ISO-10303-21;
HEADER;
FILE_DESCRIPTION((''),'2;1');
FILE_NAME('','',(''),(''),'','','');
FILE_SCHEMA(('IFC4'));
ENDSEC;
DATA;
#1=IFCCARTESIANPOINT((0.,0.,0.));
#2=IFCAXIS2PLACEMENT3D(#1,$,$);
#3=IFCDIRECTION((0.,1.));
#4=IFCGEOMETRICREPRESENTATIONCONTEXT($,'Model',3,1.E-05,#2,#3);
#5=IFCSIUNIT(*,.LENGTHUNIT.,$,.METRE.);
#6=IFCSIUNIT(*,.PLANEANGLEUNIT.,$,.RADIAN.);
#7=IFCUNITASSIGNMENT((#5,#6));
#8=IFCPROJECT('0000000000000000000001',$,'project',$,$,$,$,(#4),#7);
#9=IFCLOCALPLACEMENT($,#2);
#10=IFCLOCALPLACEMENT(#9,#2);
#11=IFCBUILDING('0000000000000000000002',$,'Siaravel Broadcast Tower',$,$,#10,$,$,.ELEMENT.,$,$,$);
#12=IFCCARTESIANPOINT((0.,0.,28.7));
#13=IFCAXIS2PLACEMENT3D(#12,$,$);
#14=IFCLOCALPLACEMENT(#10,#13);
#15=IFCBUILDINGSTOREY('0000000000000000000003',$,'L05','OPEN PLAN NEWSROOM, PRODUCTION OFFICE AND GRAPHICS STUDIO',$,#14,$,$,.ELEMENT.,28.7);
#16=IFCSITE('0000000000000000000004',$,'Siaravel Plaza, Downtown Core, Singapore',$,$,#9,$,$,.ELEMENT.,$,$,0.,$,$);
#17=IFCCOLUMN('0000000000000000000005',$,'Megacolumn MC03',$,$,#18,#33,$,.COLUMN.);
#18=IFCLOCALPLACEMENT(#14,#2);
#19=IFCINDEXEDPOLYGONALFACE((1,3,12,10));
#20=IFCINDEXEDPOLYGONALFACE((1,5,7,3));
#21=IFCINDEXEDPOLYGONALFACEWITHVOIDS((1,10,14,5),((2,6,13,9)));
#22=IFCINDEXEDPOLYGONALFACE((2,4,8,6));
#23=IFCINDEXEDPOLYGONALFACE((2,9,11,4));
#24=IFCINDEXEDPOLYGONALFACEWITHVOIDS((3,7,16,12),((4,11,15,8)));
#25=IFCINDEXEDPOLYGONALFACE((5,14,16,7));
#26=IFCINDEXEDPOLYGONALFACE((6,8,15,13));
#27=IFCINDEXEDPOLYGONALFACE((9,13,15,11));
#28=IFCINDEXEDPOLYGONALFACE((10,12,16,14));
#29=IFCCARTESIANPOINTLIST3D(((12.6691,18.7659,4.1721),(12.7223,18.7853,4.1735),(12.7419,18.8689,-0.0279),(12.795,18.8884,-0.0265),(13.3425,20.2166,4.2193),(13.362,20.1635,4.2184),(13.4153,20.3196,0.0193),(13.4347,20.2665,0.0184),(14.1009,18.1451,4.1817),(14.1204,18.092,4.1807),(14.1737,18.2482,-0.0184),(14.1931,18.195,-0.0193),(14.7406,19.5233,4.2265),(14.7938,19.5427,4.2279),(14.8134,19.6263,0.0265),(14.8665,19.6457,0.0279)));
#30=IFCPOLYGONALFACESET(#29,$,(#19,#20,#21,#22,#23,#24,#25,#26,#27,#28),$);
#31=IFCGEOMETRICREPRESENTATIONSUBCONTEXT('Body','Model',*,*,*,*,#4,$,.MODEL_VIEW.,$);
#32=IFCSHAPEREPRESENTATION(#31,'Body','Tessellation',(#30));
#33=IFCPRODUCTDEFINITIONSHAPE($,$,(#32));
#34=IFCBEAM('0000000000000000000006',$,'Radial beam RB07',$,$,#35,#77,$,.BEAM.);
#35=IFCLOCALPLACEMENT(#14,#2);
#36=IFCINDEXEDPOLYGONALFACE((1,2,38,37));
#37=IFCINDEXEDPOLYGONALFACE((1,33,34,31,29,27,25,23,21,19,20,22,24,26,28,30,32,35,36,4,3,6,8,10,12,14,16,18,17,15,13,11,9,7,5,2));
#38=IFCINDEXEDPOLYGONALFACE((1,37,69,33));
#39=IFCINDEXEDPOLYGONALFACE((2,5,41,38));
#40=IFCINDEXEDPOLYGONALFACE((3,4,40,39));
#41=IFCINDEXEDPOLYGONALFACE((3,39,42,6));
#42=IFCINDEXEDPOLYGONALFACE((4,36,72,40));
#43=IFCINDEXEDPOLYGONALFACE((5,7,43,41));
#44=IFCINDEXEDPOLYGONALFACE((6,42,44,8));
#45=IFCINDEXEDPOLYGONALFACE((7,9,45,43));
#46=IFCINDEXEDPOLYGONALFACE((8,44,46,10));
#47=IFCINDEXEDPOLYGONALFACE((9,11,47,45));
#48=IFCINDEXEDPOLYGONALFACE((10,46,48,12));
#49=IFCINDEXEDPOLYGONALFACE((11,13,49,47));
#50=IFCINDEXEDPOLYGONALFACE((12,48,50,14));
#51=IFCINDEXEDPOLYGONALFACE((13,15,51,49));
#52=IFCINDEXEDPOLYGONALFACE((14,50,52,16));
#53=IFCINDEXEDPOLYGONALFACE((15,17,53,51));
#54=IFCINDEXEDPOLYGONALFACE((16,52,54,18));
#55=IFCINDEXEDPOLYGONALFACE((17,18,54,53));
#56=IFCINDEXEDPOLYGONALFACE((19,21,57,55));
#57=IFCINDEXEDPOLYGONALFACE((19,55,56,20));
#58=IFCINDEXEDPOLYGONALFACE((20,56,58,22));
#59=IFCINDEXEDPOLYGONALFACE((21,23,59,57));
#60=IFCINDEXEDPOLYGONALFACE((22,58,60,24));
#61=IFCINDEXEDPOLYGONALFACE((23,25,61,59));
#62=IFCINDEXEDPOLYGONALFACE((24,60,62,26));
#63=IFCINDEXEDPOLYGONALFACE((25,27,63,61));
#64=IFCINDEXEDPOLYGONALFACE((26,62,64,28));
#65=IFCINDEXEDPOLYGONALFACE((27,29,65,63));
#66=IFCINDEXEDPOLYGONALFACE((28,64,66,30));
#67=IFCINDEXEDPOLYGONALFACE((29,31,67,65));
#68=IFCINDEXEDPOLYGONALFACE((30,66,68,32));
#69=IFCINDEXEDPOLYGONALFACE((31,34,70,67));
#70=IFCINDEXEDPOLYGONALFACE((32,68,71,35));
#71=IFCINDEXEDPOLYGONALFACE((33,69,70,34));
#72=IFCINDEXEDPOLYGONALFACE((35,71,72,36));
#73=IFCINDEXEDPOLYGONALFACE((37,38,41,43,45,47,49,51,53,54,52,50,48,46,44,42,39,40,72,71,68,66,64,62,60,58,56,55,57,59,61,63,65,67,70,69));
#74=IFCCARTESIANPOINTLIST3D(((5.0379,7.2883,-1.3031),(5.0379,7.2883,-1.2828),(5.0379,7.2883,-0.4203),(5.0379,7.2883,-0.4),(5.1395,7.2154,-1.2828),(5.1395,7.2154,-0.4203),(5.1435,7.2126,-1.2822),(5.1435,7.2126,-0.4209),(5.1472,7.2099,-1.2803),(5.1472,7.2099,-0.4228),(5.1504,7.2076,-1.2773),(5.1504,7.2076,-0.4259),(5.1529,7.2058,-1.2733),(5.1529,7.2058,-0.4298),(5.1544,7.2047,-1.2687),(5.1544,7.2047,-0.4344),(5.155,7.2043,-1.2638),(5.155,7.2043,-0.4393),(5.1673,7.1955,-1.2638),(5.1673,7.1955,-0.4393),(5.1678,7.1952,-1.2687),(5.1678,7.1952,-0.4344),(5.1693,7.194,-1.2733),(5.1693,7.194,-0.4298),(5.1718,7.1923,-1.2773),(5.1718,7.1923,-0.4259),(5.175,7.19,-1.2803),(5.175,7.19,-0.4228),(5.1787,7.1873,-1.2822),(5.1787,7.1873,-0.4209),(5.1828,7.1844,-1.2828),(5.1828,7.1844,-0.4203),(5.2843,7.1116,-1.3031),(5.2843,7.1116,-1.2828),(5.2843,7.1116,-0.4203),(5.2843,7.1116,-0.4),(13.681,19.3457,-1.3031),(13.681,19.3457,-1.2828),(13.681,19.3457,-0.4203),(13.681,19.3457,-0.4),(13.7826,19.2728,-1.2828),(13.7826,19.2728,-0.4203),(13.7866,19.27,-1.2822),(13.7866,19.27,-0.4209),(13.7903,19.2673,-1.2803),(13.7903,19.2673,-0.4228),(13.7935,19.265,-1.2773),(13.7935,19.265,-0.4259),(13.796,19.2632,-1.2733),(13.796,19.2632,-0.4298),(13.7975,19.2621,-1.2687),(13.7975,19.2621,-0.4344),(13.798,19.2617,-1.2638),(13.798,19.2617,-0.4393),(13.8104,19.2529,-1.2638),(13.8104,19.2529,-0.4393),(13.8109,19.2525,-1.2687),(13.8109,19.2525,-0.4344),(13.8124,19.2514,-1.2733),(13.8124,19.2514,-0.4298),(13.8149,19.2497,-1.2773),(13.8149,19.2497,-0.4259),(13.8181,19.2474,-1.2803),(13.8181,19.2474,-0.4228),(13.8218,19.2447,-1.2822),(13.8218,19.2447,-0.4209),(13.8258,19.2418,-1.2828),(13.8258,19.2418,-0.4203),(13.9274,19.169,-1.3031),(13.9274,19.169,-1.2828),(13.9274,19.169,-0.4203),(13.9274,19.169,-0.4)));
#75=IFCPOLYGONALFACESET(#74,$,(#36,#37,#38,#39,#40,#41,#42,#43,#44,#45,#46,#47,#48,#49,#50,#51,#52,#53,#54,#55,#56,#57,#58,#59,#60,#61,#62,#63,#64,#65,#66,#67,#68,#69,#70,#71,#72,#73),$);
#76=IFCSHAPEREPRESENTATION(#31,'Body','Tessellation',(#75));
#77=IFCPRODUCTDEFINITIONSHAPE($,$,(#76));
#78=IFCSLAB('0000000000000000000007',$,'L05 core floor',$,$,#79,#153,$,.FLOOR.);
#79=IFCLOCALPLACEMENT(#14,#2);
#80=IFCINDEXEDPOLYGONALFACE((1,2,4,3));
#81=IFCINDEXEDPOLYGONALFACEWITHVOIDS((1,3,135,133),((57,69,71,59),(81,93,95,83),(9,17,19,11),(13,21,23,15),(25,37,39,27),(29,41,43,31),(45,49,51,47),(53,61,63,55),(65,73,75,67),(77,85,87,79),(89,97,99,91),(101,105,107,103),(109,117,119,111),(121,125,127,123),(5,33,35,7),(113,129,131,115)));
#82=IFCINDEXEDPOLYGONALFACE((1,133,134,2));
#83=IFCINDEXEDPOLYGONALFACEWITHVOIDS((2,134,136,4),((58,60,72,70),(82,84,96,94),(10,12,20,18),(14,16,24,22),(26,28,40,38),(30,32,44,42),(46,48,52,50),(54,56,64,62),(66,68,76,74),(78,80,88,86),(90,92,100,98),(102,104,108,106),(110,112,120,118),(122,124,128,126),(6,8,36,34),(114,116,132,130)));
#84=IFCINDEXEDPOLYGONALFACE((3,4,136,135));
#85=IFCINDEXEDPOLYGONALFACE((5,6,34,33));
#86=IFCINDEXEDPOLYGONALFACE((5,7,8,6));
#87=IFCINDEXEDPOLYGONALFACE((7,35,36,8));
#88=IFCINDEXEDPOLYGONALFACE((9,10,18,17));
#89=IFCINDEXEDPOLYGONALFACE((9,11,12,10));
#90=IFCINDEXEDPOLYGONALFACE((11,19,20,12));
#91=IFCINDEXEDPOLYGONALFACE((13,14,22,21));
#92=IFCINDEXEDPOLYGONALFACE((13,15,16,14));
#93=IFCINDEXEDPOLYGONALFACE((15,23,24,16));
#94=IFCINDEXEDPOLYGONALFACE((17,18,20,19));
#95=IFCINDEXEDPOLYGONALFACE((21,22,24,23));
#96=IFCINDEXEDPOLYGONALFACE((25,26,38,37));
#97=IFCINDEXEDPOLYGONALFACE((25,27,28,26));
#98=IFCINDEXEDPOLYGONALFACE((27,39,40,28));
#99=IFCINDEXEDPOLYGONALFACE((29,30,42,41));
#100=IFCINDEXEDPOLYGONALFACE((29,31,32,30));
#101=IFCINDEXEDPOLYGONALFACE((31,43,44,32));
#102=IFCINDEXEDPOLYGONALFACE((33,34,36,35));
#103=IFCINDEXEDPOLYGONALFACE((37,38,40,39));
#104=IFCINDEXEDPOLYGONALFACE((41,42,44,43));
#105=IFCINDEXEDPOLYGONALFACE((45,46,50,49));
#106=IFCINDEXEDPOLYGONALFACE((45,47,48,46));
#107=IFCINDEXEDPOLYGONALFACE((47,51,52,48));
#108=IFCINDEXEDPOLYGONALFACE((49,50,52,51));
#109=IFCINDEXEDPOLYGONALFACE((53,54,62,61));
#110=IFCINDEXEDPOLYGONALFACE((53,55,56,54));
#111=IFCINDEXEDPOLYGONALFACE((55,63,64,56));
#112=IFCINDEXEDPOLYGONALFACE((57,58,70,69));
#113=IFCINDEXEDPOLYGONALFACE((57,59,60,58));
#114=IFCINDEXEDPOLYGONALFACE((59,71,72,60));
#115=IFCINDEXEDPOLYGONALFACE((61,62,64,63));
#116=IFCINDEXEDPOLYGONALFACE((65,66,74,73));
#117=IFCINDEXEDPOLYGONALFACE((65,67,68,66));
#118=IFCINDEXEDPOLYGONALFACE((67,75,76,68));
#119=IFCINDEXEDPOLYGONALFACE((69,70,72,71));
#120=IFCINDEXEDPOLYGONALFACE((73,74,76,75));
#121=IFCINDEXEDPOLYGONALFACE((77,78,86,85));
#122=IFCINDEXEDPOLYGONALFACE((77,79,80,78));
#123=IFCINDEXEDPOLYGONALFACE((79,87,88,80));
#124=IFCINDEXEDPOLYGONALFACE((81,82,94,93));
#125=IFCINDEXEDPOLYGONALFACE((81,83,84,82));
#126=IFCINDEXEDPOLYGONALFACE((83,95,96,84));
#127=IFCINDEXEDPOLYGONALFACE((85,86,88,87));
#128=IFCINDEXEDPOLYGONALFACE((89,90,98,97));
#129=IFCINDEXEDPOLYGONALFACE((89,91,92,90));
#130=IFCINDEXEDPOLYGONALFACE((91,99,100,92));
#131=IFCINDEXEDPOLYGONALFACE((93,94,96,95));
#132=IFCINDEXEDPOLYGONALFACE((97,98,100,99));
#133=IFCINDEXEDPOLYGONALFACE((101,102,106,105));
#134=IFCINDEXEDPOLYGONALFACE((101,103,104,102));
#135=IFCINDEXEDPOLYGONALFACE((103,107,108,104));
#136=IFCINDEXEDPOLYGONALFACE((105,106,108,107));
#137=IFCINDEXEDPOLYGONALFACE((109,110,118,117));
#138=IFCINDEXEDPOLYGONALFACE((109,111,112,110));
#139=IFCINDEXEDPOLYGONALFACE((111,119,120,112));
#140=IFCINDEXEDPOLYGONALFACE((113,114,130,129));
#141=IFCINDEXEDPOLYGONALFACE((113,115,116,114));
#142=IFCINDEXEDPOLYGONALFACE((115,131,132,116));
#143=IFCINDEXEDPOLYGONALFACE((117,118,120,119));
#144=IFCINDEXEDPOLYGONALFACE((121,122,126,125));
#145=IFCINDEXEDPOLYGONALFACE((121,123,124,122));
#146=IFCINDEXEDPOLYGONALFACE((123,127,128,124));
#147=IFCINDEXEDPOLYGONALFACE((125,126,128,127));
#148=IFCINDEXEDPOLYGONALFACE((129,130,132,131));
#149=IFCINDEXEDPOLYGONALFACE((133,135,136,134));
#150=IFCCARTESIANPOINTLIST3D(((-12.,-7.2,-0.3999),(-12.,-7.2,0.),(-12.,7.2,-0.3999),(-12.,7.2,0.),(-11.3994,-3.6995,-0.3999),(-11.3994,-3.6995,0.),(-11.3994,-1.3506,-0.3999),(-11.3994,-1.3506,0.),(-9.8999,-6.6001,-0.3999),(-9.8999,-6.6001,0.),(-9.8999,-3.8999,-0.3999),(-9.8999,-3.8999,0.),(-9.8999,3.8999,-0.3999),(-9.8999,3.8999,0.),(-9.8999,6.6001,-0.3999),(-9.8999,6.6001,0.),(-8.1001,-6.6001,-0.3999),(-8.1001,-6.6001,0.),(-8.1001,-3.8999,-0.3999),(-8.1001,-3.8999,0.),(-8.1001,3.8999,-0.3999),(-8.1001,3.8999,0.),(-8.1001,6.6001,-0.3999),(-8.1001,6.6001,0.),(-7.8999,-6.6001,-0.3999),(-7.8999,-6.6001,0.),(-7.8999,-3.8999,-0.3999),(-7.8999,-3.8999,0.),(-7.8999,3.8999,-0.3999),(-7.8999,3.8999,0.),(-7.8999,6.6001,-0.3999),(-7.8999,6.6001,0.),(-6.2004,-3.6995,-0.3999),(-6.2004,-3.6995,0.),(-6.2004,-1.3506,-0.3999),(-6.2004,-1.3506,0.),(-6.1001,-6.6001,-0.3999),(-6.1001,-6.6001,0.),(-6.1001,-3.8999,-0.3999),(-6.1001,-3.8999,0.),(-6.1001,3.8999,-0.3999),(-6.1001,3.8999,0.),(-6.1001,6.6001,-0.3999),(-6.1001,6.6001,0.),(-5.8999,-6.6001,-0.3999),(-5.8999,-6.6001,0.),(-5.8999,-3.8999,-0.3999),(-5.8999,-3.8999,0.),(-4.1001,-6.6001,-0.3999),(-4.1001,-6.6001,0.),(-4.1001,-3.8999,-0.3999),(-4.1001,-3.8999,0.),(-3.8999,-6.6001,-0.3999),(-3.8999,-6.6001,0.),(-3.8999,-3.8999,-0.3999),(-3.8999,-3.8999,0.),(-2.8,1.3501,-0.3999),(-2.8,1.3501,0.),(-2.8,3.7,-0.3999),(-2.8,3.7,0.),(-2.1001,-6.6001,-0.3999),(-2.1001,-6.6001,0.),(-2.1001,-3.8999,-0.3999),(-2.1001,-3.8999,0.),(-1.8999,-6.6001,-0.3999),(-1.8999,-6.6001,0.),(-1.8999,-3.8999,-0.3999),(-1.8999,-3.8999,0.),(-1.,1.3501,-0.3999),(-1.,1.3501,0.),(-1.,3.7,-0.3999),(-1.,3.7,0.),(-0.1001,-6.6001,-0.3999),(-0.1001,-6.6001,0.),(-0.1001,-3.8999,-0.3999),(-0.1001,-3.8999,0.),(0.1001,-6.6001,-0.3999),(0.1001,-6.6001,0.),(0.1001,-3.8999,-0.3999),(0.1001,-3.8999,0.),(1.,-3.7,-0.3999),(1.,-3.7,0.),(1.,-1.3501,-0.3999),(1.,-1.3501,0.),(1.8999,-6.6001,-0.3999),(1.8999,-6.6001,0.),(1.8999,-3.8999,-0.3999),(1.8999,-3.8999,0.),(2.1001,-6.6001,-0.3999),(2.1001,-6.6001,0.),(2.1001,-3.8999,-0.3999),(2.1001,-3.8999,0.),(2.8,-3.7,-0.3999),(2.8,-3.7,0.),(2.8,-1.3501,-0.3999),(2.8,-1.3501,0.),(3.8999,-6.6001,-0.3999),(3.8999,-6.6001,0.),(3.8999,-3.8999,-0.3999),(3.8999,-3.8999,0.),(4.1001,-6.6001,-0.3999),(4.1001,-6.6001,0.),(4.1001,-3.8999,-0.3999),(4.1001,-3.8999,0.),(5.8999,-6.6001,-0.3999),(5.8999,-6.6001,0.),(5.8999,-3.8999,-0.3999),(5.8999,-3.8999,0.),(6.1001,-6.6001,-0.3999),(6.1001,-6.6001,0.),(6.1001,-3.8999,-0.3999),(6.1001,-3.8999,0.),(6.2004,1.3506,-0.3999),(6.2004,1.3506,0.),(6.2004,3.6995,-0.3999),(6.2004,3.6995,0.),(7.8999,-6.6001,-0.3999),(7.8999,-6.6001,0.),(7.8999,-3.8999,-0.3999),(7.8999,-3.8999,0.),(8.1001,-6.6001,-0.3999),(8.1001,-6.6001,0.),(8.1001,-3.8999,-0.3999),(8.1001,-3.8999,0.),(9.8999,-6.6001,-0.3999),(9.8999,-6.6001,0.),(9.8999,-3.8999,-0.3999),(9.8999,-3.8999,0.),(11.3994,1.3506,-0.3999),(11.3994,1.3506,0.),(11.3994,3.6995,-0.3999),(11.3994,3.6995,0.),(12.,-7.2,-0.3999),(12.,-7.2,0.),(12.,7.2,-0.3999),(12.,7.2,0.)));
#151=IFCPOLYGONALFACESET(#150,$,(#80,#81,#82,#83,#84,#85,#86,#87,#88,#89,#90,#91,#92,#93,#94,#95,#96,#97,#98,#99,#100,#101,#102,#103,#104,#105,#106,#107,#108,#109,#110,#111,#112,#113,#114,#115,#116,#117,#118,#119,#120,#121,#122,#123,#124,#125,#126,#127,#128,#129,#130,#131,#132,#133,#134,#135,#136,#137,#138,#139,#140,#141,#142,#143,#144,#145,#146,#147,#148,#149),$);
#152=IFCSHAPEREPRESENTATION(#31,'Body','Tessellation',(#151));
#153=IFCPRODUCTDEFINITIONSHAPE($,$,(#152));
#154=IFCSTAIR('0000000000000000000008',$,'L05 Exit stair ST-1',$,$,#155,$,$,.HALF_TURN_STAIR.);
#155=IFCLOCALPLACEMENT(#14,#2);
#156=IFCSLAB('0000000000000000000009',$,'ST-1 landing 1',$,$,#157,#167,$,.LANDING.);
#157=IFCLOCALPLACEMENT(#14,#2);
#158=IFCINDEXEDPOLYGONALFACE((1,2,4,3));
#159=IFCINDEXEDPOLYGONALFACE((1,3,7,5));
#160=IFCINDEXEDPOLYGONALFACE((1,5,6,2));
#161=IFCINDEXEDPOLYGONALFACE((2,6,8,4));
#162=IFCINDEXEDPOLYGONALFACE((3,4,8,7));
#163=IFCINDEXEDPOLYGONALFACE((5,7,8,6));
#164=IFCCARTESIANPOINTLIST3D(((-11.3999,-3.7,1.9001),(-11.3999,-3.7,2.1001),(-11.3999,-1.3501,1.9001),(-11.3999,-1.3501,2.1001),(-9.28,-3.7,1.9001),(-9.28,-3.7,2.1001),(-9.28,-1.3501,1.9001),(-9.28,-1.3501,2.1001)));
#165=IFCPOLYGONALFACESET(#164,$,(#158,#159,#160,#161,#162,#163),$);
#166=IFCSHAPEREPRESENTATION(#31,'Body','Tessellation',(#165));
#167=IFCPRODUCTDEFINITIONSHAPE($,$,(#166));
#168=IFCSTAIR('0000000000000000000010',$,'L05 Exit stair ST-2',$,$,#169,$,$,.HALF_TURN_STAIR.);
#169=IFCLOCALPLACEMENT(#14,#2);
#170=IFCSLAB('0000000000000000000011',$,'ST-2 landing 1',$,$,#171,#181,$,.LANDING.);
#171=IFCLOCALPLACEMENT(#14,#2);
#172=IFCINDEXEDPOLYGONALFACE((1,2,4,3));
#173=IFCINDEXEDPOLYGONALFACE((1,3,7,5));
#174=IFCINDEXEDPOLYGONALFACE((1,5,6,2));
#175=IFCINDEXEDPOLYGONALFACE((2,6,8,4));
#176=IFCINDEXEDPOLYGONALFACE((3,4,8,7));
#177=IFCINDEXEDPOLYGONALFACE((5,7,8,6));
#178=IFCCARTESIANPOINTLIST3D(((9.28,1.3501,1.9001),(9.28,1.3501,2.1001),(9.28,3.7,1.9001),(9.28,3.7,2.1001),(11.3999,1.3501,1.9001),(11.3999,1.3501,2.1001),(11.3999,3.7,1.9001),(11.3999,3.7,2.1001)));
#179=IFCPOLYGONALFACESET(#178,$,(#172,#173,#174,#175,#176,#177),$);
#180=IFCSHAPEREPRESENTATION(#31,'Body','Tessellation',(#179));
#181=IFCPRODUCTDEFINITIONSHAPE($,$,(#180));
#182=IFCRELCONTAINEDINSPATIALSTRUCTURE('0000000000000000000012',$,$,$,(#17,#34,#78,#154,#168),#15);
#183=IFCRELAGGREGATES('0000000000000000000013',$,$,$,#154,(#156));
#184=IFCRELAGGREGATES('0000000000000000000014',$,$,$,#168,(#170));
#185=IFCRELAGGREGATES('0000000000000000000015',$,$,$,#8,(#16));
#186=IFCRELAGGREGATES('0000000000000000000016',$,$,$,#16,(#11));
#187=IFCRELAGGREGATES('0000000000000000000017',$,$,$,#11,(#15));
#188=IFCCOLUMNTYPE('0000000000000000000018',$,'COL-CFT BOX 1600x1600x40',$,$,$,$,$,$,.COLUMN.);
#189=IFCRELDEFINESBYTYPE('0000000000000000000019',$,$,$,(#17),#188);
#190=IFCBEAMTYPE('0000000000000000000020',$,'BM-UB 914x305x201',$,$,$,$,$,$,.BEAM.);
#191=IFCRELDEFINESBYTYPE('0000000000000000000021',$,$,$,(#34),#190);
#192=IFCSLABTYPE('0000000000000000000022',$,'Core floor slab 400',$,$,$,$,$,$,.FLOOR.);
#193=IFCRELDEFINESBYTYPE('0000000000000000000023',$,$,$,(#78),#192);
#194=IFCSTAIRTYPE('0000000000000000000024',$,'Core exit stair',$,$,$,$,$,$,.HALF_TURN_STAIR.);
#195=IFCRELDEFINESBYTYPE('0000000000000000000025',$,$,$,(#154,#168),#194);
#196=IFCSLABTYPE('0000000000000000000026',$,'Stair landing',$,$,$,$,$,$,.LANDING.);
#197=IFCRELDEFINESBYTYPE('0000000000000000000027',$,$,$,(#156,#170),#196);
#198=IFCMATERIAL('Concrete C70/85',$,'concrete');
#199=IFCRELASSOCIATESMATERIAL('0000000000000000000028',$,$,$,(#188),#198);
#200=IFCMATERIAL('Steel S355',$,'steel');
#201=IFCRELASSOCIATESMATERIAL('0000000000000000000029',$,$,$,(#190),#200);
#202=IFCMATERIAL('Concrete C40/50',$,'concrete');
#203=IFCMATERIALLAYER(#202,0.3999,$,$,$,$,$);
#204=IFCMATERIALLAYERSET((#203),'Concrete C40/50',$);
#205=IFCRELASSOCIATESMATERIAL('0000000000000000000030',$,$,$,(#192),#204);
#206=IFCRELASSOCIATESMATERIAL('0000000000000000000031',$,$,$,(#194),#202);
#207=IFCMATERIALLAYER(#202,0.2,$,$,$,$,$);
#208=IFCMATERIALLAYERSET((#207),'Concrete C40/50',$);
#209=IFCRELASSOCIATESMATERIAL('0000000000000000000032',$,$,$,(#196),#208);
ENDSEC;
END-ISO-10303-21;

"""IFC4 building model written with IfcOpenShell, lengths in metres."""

from ifc_helpers import new_model, si_unit, direction, frame, origin, origin_2d, place, context, subcontext, project, spatial, polyline, hollow_rectangle, i_section, outline, extrude, material, layer, layer_set, material_profile, profile_set, type_object, element, aggregate, save


model = new_model("IFC4")

# Units and contexts
model_context = context("Model", 3, precision=1e-05, world=origin(), true_north=direction((0.0, 1.0)))
body_context = subcontext(model_context, "Body", "Model", "MODEL_VIEW")
ifc_project = project(units=[si_unit("LENGTHUNIT", "METRE"), si_unit("PLANEANGLEUNIT", "RADIAN")], contexts=[model_context])

# Site, building, storey
site_placement = place(None, origin())
site = spatial("IfcSite", under=ifc_project, at=site_placement, Name="Siaravel Plaza, Downtown Core, Singapore", CompositionType="ELEMENT", RefElevation=0.0)
building_placement = place(site_placement, origin())
building = spatial("IfcBuilding", under=site, at=building_placement, Name="Siaravel Broadcast Tower", CompositionType="ELEMENT")
storey_placement = place(building_placement, frame((0.0, 0.0, 28.7)))
storey = spatial("IfcBuildingStorey", under=building, at=storey_placement, Name="L05", Description="OPEN PLAN NEWSROOM, PRODUCTION OFFICE AND GRAPHICS STUDIO", CompositionType="ELEMENT", Elevation=28.7)

# Column
ifc_material_1 = material(Name="Concrete C70/85", Category="concrete")
ifc_material_profile_1 = material_profile(ifc_material_1, hollow_rectangle(XDim=1.6001, YDim=1.6001, WallThickness=0.04, at=origin_2d()))
ifc_profile_set_1 = profile_set([ifc_material_profile_1], Name="Concrete C70/85")
column_type = type_object("IfcColumnType", Name="COL-CFT BOX 1600x1600x40", PredefinedType="COLUMN", material=ifc_profile_set_1)
column_placement = place(storey_placement, frame((13.8042, 19.2573, 0.0), z_axis=(-0.017315, -0.02452, 0.999549), x_axis=(0.906966, -0.421169, 0.005379)))
element("IfcColumn", 1, at=column_placement, inside=storey, type_object=column_type, Name="Megacolumn MC03", PredefinedType="COLUMN", context=body_context, shape_type="SweptSolid", body=[
    extrude(hollow_rectangle(XDim=1.6001, YDim=1.6001, WallThickness=0.04, at=origin_2d()), origin(), (0.0, 0.0, 1.0), 4.2019),
])

# Beam
ifc_material_2 = material(Name="Steel S355", Category="steel")
ifc_material_profile_2 = material_profile(ifc_material_2, i_section(OverallWidth=0.3032, OverallDepth=0.9031, WebThickness=0.0151, FlangeThickness=0.0203, FilletRadius=0.019, at=origin_2d()))
ifc_profile_set_2 = profile_set([ifc_material_profile_2], Name="Steel S355")
beam_type = type_object("IfcBeamType", Name="BM-UB 914x305x201", PredefinedType="BEAM", material=ifc_profile_set_2)
beam_placement = place(storey_placement, frame((13.8042, 19.2573, -0.8516), z_axis=(-0.582606, -0.812755, 0.0), x_axis=(0.812755, -0.582606, 0.0)))
element("IfcBeam", 2, at=beam_placement, inside=storey, type_object=beam_type, Name="Radial beam RB07", PredefinedType="BEAM", context=body_context, shape_type="SweptSolid", body=[
    extrude(i_section(OverallWidth=0.3032, OverallDepth=0.9031, WebThickness=0.0151, FlangeThickness=0.0203, FilletRadius=0.019, at=origin_2d()), origin(), (0.0, 0.0, 1.0), 14.8352),
])

# Slab
ifc_material_3 = material(Name="Concrete C40/50", Category="concrete")
ifc_layer_1 = layer(ifc_material_3, 0.3999)
ifc_layer_set_1 = layer_set([ifc_layer_1], Name="Concrete C40/50")
slab_type_1 = type_object("IfcSlabType", Name="Core floor slab 400", PredefinedType="FLOOR", material=ifc_layer_set_1)
slab_1_placement = place(storey_placement, frame((0.0, 0.0, -0.3999)))
element("IfcSlab", 3, at=slab_1_placement, inside=storey, type_object=slab_type_1, Name="L05 core floor", PredefinedType="FLOOR", context=body_context, shape_type="SweptSolid", body=[
    extrude(outline(polyline([(-12.0, -7.2), (-12.0, 7.2), (12.0, 7.2), (12.0, -7.2), (-12.0, -7.2)]), holes=[polyline([(11.3994, 1.3506), (11.3994, 3.6995), (6.2004, 3.6995), (6.2004, 1.3506), (11.3994, 1.3506)]), polyline([(9.8999, -3.8999), (8.1001, -3.8999), (8.1001, -6.6001), (9.8999, -6.6001), (9.8999, -3.8999)]), polyline([(7.8999, -3.8999), (6.1001, -3.8999), (6.1001, -6.6001), (7.8999, -6.6001), (7.8999, -3.8999)]), polyline([(5.8999, -3.8999), (4.1001, -3.8999), (4.1001, -6.6001), (5.8999, -6.6001), (5.8999, -3.8999)]), polyline([(3.8999, -3.8999), (2.1001, -3.8999), (2.1001, -6.6001), (3.8999, -6.6001), (3.8999, -3.8999)]), polyline([(2.8, -1.3501), (1.0, -1.3501), (1.0, -3.7), (2.8, -3.7), (2.8, -1.3501)]), polyline([(1.8999, -3.8999), (0.1001, -3.8999), (0.1001, -6.6001), (1.8999, -6.6001), (1.8999, -3.8999)]), polyline([(-0.1001, -3.8999), (-1.8999, -3.8999), (-1.8999, -6.6001), (-0.1001, -6.6001), (-0.1001, -3.8999)]), polyline([(-1.0, 3.7), (-2.8, 3.7), (-2.8, 1.3501), (-1.0, 1.3501), (-1.0, 3.7)]), polyline([(-2.1001, -3.8999), (-3.8999, -3.8999), (-3.8999, -6.6001), (-2.1001, -6.6001), (-2.1001, -3.8999)]), polyline([(-4.1001, -3.8999), (-5.8999, -3.8999), (-5.8999, -6.6001), (-4.1001, -6.6001), (-4.1001, -3.8999)]), polyline([(-6.1001, -3.8999), (-7.8999, -3.8999), (-7.8999, -6.6001), (-6.1001, -6.6001), (-6.1001, -3.8999)]), polyline([(-6.1001, 6.6001), (-7.8999, 6.6001), (-7.8999, 3.8999), (-6.1001, 3.8999), (-6.1001, 6.6001)]), polyline([(-11.3994, -1.3506), (-11.3994, -3.6995), (-6.2004, -3.6995), (-6.2004, -1.3506), (-11.3994, -1.3506)]), polyline([(-8.1001, -3.8999), (-9.8999, -3.8999), (-9.8999, -6.6001), (-8.1001, -6.6001), (-8.1001, -3.8999)]), polyline([(-8.1001, 6.6001), (-9.8999, 6.6001), (-9.8999, 3.8999), (-8.1001, 3.8999), (-8.1001, 6.6001)])]), origin(), (0.0, 0.0, 1.0), 0.3999),
])

# Stairs, slabs
stair_type = type_object("IfcStairType", Name="Core exit stair", PredefinedType="HALF_TURN_STAIR", material=ifc_material_3)
stair_1_placement = place(storey_placement, origin())
stair_1 = element("IfcStair", 4, at=stair_1_placement, inside=storey, type_object=stair_type, Name="L05 Exit stair ST-1", PredefinedType="HALF_TURN_STAIR")
ifc_layer_2 = layer(ifc_material_3, 0.2)
ifc_layer_set_2 = layer_set([ifc_layer_2], Name="Concrete C40/50")
slab_type_2 = type_object("IfcSlabType", Name="Stair landing", PredefinedType="LANDING", material=ifc_layer_set_2)
slab_2_placement = place(storey_placement, frame((0.0, 0.0, 1.9001)))
slab_2 = element("IfcSlab", 5, at=slab_2_placement, type_object=slab_type_2, Name="ST-1 landing 1", PredefinedType="LANDING", context=body_context, shape_type="SweptSolid", body=[
    extrude(outline(polyline([(-9.28, -1.3501), (-11.3999, -1.3501), (-11.3999, -3.7), (-9.28, -3.7), (-9.28, -1.3501)])), origin(), (0.0, 0.0, 1.0), 0.2),
])
aggregate(stair_1, [slab_2])
stair_2_placement = place(storey_placement, origin())
stair_2 = element("IfcStair", 6, at=stair_2_placement, inside=storey, type_object=stair_type, Name="L05 Exit stair ST-2", PredefinedType="HALF_TURN_STAIR")
slab_3_placement = place(storey_placement, frame((0.0, 0.0, 1.9001)))
slab_3 = element("IfcSlab", 7, at=slab_3_placement, type_object=slab_type_2, Name="ST-2 landing 1", PredefinedType="LANDING", context=body_context, shape_type="SweptSolid", body=[
    extrude(outline(polyline([(9.28, 1.3501), (11.3999, 1.3501), (11.3999, 3.7), (9.28, 3.7), (9.28, 1.3501)])), origin(), (0.0, 0.0, 1.0), 0.2),
])

aggregate(stair_2, [slab_3])

save(model, "model.ifc")
